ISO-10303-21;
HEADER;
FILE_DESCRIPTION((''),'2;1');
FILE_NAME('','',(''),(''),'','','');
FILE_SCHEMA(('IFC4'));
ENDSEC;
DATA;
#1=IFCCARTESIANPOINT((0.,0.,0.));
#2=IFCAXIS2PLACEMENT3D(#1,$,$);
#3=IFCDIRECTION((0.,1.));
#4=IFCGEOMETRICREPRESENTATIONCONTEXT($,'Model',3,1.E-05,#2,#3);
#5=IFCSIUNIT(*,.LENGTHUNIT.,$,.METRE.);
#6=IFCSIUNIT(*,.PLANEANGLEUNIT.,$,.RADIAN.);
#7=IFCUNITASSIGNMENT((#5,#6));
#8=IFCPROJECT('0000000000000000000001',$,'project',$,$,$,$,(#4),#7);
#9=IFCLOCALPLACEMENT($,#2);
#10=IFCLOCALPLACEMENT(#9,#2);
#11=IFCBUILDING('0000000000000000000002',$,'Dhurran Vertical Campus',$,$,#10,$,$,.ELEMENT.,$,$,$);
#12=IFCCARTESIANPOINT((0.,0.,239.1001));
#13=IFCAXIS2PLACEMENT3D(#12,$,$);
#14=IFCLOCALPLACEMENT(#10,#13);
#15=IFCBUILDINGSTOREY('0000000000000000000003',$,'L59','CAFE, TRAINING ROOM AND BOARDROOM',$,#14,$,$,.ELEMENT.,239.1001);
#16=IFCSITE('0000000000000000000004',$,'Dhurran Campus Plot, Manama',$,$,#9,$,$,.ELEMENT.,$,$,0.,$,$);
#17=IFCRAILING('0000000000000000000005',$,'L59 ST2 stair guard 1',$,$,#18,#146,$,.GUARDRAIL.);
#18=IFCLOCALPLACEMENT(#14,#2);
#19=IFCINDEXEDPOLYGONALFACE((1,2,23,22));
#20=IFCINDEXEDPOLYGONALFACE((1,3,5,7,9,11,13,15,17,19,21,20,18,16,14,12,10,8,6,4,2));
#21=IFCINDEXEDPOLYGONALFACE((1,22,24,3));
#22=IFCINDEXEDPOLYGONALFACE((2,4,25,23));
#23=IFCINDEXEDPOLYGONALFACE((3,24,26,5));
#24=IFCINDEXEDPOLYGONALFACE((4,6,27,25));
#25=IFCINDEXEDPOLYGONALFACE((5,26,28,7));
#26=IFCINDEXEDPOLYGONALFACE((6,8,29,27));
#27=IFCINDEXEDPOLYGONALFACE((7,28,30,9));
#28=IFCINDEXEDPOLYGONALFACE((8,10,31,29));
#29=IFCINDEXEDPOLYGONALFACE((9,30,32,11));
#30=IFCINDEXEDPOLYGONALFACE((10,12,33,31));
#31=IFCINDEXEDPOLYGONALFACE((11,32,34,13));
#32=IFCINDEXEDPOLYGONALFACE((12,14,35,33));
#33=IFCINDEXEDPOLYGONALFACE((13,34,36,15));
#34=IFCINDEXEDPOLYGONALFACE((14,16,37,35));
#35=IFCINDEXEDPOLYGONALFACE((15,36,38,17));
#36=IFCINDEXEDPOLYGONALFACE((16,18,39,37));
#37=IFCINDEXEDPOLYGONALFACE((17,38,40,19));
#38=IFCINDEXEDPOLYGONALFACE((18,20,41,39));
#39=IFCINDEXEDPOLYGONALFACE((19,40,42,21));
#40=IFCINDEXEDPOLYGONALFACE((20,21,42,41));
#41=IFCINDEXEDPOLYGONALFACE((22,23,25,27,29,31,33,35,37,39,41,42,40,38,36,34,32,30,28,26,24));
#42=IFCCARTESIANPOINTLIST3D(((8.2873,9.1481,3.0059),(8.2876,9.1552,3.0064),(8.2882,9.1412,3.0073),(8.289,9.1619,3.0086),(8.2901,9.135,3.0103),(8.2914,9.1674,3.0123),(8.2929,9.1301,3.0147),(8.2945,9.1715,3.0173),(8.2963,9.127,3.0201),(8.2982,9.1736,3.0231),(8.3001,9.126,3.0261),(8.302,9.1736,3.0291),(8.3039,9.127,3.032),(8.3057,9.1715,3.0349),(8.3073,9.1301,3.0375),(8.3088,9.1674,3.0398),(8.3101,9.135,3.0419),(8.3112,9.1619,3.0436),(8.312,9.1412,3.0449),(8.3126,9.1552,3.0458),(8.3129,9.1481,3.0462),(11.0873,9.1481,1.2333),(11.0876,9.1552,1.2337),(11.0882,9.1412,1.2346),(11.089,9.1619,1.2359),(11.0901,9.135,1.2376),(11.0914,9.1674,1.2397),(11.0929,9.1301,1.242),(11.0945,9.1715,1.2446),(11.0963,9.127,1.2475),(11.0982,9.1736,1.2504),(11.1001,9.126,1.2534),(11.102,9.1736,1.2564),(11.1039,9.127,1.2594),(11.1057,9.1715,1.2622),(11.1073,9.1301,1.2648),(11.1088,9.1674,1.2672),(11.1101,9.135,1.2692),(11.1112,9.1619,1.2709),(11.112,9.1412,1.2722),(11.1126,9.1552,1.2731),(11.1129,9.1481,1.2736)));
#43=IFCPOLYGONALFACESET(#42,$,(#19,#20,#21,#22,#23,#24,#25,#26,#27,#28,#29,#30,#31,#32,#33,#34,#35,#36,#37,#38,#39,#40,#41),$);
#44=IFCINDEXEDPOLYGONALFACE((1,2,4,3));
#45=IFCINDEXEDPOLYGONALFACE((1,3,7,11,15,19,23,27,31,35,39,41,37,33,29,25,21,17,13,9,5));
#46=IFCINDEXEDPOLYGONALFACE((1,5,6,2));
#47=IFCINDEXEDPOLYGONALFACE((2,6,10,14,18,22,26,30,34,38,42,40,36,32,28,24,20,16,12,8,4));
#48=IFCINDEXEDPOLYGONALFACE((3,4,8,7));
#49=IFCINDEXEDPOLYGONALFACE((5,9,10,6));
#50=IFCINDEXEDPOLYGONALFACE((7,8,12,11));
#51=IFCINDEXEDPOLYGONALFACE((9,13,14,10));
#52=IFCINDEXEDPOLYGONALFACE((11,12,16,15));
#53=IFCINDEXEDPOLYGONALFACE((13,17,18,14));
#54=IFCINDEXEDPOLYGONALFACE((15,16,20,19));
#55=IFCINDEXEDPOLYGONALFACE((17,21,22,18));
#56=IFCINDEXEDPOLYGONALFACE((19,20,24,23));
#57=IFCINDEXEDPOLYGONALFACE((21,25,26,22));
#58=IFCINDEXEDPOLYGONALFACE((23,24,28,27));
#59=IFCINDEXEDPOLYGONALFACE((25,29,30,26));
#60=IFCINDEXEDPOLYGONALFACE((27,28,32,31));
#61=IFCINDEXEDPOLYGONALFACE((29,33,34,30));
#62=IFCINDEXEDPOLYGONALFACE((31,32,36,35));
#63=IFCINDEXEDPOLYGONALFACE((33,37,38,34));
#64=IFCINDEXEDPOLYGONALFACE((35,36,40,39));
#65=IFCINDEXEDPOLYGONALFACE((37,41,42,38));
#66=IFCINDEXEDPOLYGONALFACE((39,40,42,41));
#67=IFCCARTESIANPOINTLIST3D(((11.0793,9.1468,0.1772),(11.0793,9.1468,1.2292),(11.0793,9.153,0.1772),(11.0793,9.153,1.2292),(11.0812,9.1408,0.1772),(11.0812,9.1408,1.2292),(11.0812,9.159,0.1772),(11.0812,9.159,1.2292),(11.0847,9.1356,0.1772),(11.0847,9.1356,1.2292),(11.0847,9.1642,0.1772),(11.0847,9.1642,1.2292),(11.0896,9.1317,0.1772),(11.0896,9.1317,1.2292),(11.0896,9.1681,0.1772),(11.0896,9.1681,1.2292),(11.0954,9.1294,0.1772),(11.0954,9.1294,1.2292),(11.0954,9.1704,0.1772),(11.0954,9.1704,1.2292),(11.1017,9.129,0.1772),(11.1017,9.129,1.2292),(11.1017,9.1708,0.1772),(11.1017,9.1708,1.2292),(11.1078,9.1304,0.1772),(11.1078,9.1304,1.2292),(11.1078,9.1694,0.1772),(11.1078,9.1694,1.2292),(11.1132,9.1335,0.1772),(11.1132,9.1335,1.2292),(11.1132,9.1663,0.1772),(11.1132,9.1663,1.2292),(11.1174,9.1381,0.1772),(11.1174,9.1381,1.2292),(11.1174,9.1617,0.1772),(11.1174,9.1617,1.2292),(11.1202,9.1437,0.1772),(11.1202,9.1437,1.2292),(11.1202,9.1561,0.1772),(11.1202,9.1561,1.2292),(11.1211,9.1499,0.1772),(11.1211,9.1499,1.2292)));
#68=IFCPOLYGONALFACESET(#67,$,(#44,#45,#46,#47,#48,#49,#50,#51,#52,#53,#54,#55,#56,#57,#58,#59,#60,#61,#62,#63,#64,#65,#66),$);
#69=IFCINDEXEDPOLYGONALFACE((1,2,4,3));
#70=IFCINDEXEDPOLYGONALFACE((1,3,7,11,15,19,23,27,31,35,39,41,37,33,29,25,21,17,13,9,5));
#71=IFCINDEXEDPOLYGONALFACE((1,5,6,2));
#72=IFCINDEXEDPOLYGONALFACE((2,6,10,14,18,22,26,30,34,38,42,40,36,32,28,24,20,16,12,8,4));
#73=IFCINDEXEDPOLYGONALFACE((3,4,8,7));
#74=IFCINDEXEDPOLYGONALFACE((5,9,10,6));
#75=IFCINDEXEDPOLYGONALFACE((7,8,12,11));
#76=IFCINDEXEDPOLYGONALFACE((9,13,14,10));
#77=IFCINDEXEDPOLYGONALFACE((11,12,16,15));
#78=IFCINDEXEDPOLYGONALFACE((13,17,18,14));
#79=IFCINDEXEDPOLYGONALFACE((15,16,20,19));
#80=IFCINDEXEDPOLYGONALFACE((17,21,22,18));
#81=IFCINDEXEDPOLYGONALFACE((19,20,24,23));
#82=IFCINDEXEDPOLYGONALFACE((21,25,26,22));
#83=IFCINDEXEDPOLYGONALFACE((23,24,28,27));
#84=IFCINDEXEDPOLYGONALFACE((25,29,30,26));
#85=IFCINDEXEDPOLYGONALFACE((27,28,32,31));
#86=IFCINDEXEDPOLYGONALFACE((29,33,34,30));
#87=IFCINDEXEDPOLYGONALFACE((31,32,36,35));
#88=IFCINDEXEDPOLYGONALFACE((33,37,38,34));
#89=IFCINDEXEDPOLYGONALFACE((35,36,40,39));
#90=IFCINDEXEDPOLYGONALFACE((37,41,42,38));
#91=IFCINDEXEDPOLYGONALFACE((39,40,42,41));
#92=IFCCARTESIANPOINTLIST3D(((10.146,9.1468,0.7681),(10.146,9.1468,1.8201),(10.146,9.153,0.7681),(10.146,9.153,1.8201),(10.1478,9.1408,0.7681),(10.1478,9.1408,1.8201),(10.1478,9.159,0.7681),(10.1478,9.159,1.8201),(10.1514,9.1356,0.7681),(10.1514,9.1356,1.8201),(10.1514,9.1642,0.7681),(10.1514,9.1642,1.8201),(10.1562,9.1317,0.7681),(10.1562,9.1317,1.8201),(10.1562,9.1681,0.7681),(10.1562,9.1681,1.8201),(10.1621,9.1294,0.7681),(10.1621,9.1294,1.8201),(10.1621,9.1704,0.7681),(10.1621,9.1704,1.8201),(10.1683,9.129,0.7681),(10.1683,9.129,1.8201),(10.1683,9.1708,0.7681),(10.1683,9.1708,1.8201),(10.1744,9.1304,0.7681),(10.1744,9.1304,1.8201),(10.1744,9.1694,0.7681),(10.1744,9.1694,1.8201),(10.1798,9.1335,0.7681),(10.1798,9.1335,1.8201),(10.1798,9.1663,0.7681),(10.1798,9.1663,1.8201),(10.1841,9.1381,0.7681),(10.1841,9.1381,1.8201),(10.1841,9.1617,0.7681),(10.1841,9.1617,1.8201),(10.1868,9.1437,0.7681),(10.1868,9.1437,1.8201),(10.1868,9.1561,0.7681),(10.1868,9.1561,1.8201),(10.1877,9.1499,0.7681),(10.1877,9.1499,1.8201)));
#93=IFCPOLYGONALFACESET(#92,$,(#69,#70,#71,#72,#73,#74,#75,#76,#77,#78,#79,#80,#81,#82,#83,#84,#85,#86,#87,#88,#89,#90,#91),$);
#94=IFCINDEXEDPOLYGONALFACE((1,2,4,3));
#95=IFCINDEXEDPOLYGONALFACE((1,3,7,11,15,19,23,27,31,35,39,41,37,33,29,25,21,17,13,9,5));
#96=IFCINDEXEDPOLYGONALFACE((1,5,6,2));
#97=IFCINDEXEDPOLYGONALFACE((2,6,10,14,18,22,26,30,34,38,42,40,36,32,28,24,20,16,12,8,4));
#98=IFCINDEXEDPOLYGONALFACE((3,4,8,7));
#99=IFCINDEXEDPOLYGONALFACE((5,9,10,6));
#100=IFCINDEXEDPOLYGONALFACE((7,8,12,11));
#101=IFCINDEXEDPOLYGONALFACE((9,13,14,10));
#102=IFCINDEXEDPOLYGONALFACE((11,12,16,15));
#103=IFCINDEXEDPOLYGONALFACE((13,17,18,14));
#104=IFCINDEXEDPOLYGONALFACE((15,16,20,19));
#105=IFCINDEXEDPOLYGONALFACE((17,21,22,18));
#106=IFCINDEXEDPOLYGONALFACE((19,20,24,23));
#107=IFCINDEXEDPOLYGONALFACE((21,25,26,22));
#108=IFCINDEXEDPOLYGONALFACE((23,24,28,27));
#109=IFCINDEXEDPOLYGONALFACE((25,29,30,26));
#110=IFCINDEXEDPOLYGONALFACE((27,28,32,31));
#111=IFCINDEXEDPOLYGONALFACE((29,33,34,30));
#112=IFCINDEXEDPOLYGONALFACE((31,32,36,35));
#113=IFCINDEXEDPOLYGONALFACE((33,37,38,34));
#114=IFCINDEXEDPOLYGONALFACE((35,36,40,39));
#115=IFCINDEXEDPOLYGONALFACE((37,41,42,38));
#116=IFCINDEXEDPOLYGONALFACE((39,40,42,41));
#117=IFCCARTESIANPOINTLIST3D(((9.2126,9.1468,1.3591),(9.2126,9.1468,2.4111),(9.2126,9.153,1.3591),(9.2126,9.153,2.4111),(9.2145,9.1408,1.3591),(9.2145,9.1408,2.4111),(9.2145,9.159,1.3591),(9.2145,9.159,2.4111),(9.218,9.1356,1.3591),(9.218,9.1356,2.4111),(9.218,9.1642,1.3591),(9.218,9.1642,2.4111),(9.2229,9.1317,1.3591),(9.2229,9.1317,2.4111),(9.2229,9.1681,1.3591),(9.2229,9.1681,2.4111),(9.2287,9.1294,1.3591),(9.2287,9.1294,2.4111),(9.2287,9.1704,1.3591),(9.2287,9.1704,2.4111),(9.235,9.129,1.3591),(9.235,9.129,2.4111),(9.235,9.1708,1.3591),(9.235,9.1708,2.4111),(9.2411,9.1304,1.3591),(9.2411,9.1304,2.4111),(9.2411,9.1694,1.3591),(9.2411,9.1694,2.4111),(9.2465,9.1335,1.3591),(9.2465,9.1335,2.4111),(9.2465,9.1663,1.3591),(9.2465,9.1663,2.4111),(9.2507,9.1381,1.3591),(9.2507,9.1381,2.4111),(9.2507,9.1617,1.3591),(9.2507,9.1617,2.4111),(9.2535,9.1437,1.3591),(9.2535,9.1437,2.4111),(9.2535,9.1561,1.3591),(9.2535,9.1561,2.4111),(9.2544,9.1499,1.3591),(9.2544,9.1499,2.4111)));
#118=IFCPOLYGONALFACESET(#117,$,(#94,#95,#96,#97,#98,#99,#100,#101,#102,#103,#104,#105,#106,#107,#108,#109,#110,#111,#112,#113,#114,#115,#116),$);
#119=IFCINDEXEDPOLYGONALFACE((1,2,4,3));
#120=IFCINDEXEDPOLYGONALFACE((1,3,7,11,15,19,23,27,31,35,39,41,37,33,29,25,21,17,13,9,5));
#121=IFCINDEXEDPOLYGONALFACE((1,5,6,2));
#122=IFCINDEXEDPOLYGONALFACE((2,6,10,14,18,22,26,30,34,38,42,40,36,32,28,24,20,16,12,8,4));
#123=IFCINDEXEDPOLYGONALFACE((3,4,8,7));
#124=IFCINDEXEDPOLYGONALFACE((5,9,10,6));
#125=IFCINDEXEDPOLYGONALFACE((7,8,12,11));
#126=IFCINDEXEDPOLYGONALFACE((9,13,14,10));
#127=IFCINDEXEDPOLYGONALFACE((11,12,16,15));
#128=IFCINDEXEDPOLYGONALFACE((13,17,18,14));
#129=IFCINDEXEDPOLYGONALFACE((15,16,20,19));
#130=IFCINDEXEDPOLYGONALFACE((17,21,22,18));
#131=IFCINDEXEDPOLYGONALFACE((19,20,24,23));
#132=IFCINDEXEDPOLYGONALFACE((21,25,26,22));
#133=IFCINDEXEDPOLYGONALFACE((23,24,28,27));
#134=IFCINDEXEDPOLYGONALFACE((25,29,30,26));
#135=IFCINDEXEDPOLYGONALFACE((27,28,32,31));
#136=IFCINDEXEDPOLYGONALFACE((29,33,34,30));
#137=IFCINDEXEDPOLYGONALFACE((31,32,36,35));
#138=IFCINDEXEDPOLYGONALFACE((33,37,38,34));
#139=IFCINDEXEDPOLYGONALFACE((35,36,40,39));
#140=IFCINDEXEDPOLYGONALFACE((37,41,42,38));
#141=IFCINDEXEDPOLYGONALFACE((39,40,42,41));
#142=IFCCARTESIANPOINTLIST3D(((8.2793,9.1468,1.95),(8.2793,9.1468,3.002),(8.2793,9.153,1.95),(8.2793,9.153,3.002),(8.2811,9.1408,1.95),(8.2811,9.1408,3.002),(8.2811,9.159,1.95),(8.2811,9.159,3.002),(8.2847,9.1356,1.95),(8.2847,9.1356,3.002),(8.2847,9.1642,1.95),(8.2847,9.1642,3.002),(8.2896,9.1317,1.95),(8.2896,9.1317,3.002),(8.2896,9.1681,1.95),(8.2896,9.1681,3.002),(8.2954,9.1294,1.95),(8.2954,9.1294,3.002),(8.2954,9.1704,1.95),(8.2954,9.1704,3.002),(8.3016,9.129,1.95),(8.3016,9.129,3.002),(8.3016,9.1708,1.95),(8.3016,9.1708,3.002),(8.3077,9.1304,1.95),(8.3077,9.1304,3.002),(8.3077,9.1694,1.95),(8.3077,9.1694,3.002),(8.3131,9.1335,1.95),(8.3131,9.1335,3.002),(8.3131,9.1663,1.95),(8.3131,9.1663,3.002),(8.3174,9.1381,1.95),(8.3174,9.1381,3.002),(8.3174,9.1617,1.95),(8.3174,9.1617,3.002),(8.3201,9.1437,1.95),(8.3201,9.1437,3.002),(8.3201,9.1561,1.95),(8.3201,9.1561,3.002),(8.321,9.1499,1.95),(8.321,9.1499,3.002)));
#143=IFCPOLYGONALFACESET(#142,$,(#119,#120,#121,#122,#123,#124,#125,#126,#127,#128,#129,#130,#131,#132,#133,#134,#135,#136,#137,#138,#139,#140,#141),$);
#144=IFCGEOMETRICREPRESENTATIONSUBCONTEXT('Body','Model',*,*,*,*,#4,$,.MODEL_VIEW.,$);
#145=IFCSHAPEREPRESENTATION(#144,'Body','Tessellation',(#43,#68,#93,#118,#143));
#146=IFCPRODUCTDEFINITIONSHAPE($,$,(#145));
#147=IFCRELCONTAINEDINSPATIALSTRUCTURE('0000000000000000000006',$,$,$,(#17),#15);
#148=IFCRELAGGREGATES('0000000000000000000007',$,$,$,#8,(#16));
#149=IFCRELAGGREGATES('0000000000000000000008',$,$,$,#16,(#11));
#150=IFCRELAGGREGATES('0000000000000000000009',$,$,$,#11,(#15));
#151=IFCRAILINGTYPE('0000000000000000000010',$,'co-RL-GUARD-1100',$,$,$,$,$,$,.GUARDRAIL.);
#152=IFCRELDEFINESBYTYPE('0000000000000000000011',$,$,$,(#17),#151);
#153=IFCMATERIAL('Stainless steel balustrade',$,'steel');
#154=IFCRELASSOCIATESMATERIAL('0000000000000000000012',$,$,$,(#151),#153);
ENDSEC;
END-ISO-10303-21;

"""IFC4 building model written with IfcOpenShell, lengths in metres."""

from ifc_helpers import new_model, si_unit, direction, frame, origin, origin_2d, place, context, subcontext, project, spatial, circle, extrude, material, type_object, element, save


model = new_model("IFC4")

# Units and contexts
model_context = context("Model", 3, precision=1e-05, world=origin(), true_north=direction((0.0, 1.0)))
body_context = subcontext(model_context, "Body", "Model", "MODEL_VIEW")
ifc_project = project(units=[si_unit("LENGTHUNIT", "METRE"), si_unit("PLANEANGLEUNIT", "RADIAN")], contexts=[model_context])

# Site, building, storey
site_placement = place(None, origin())
site = spatial("IfcSite", under=ifc_project, at=site_placement, Name="Dhurran Campus Plot, Manama", CompositionType="ELEMENT", RefElevation=0.0)
building_placement = place(site_placement, origin())
building = spatial("IfcBuilding", under=site, at=building_placement, Name="Dhurran Vertical Campus", CompositionType="ELEMENT")
storey_placement = place(building_placement, frame((0.0, 0.0, 239.1001)))
storey = spatial("IfcBuildingStorey", under=building, at=storey_placement, Name="L59", Description="CAFE, TRAINING ROOM AND BOARDROOM", CompositionType="ELEMENT", Elevation=239.1001)

# Railing
ifc_material_1 = material(Name="Stainless steel balustrade", Category="steel")
railing_type = type_object("IfcRailingType", Name="co-RL-GUARD-1100", PredefinedType="GUARDRAIL", material=ifc_material_1)
railing_1_placement = place(storey_placement, frame((11.1001, 9.1499, 0.1772)))
element("IfcRailing", 1, at=railing_1_placement, inside=storey, type_object=railing_type, Name="L59 ST2 stair guard 1", PredefinedType="GUARDRAIL", context=body_context, shape_type="SweptSolid", body=[
    extrude(circle(Radius=0.0239, at=origin_2d()), frame((0.0, 0.0, 1.0762), z_axis=(-0.844909, 0.0, 0.53491), x_axis=(0.0, -1.0, 0.0)), (0.0, 0.0, 1.0), 3.314),
    extrude(circle(Radius=0.021, at=origin_2d()), origin(), (0.0, 0.0, 1.0), 1.052),
    extrude(circle(Radius=0.021, at=origin_2d()), frame((-0.9333, 0.0, 0.5908)), (0.0, 0.0, 1.0), 1.052),
    extrude(circle(Radius=0.021, at=origin_2d()), frame((-1.8667, 0.0, 1.1819)), (0.0, 0.0, 1.0), 1.052),
    extrude(circle(Radius=0.021, at=origin_2d()), frame((-2.8, 0.0, 1.7727)), (0.0, 0.0, 1.0), 1.052),
])

save(model, "model.ifc")
